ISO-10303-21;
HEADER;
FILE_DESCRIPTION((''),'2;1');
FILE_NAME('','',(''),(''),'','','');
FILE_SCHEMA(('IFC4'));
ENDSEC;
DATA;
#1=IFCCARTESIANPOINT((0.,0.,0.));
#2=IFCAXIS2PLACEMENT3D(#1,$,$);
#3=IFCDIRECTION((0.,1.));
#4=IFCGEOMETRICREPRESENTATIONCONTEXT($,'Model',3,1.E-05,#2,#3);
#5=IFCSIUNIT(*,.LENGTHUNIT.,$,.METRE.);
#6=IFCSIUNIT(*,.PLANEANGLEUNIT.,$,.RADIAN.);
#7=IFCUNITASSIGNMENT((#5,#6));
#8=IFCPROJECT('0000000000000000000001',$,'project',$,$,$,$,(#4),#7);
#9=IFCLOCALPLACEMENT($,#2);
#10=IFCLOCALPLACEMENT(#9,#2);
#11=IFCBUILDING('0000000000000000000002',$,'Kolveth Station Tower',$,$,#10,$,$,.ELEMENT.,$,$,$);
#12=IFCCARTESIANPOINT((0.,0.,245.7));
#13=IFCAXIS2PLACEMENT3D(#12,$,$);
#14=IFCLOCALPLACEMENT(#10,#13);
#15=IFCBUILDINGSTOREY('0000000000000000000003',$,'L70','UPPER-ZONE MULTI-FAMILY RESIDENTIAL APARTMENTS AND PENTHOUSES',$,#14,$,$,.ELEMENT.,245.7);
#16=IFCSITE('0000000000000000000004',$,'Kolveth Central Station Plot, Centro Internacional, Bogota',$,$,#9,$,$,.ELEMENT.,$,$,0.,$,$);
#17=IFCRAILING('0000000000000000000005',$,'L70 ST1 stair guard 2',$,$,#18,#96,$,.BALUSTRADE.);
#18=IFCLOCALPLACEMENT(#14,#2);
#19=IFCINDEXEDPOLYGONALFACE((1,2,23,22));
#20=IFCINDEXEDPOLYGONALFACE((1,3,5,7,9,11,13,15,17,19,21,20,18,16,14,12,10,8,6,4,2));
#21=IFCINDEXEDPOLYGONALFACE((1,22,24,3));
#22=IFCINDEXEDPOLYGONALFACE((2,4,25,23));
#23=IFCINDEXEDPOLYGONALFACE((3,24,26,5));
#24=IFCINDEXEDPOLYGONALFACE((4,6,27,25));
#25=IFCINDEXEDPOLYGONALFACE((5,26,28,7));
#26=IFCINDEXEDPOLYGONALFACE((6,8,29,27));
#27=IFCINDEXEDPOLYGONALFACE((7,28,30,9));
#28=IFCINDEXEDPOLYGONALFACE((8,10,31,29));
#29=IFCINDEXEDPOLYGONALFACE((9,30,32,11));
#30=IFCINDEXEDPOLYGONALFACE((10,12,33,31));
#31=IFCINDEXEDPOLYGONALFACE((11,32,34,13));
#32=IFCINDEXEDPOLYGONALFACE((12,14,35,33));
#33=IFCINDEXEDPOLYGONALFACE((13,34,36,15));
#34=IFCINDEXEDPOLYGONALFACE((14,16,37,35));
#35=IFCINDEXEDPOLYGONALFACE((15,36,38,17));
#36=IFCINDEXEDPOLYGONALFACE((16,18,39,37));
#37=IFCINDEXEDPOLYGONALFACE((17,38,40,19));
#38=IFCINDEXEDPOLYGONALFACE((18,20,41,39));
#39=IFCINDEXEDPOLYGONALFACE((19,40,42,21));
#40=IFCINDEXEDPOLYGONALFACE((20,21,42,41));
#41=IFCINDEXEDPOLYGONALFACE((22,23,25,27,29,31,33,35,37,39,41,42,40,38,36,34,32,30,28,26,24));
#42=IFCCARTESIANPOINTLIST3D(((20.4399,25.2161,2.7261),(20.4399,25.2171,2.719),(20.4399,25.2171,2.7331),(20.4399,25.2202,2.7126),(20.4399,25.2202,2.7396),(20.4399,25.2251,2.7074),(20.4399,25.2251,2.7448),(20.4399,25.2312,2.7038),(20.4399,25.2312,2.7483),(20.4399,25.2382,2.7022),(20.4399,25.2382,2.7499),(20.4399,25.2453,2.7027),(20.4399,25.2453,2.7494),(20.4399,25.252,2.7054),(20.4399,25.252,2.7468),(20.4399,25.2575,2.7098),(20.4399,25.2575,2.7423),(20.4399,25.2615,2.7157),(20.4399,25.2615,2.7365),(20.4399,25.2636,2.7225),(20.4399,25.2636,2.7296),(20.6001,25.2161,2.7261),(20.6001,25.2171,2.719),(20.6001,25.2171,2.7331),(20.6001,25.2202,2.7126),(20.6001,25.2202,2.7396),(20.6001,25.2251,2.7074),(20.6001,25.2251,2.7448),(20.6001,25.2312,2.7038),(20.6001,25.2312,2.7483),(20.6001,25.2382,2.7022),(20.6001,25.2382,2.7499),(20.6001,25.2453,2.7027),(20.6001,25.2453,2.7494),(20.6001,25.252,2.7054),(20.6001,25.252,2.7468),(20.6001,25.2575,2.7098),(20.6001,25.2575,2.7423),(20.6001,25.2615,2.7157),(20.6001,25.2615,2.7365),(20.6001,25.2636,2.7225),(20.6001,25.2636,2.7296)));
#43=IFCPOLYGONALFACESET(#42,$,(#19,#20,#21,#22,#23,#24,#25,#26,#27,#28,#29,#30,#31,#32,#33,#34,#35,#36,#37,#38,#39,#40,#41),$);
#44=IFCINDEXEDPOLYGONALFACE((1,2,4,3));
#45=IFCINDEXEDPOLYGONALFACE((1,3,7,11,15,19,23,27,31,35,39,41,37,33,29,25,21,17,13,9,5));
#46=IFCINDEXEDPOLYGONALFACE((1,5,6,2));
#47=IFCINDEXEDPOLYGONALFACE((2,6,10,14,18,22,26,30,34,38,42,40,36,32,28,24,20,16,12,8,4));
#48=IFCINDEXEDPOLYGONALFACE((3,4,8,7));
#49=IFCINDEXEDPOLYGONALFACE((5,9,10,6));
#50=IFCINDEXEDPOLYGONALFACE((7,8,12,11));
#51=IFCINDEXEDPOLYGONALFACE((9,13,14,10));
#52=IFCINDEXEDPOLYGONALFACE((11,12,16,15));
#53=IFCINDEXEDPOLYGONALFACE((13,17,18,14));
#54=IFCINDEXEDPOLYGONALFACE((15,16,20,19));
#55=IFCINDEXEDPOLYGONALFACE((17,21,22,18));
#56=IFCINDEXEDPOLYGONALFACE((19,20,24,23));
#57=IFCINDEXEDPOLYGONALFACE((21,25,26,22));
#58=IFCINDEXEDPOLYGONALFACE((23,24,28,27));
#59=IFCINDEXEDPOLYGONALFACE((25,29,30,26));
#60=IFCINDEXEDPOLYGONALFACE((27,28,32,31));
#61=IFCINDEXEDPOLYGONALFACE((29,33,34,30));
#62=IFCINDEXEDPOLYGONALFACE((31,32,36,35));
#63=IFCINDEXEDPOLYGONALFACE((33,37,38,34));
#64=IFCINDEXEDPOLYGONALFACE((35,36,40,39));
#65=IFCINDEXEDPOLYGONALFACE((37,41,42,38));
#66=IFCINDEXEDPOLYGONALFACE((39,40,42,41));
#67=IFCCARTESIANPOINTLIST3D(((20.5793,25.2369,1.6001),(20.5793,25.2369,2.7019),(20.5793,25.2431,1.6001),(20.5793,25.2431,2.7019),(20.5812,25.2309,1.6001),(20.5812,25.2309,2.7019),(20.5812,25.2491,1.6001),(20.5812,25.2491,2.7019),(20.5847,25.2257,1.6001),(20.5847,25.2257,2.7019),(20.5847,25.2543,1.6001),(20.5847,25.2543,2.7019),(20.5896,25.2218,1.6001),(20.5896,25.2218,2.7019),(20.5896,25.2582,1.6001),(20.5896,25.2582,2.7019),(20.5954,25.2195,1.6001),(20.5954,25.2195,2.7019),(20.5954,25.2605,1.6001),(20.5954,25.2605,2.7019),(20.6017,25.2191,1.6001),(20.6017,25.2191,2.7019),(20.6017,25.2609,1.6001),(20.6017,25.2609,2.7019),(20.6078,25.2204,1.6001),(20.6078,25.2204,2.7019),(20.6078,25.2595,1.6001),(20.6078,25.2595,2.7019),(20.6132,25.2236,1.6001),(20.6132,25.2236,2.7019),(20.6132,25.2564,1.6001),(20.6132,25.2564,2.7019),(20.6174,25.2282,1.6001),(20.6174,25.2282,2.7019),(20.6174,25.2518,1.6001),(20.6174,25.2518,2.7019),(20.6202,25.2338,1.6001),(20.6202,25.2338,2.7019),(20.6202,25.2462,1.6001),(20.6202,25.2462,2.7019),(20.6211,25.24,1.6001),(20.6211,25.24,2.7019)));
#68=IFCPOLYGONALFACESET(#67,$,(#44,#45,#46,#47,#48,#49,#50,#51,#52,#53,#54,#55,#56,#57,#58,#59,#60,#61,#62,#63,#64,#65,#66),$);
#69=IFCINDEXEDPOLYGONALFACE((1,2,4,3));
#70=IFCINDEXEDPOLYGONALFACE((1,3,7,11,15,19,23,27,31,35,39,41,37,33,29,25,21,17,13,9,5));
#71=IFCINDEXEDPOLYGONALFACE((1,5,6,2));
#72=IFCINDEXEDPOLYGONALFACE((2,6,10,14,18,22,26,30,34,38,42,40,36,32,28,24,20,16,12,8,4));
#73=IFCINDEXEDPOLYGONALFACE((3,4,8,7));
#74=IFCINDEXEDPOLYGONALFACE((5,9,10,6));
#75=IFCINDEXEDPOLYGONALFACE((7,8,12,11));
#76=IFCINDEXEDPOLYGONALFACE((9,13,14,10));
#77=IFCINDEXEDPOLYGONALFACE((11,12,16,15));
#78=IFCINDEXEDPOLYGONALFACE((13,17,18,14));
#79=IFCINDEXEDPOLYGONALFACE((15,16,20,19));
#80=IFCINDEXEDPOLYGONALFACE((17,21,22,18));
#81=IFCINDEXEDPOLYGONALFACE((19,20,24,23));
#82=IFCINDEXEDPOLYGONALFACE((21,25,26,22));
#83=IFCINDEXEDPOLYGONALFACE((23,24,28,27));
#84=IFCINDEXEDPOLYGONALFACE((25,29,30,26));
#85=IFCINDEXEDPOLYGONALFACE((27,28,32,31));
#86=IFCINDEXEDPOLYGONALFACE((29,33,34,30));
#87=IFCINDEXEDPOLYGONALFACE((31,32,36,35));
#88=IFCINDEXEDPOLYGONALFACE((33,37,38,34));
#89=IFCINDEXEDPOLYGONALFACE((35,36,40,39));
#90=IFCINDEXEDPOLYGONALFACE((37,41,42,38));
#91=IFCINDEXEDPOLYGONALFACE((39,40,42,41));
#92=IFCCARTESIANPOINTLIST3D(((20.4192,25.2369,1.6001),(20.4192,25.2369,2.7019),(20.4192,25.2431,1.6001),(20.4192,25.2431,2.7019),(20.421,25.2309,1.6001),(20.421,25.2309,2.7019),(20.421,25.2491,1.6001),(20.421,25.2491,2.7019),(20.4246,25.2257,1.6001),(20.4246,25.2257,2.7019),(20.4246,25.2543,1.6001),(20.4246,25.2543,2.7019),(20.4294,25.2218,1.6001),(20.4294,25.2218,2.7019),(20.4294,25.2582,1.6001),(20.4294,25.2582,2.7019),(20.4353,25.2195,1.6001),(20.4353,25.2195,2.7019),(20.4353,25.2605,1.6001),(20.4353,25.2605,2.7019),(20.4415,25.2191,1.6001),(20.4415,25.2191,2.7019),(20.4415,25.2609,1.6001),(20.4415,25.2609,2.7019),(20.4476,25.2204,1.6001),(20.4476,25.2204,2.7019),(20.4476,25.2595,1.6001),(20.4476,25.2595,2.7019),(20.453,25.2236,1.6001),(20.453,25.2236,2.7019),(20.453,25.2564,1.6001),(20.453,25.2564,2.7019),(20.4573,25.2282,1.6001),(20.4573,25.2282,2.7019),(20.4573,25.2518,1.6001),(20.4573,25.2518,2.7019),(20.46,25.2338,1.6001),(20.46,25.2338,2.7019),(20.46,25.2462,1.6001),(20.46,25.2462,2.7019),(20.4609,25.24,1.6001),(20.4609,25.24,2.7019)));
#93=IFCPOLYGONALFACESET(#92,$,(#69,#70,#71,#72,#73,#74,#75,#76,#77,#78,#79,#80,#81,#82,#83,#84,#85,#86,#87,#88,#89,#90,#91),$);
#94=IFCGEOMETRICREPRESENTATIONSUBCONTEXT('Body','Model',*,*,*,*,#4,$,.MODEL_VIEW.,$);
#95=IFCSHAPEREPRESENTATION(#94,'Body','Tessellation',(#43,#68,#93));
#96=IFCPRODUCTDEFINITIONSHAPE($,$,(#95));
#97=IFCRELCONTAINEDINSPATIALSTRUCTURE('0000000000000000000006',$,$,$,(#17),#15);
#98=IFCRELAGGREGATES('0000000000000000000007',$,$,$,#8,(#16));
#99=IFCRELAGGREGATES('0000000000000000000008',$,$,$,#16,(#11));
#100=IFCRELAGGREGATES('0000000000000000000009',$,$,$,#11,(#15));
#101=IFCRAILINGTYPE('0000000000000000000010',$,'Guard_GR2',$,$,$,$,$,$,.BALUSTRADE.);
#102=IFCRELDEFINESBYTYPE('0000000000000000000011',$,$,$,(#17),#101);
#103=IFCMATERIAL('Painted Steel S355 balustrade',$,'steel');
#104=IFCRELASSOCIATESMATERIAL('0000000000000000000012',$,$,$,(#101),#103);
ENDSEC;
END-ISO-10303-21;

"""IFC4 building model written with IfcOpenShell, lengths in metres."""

from ifc_helpers import new_model, si_unit, direction, frame, origin, origin_2d, place, context, subcontext, project, spatial, circle, extrude, material, type_object, element, save


model = new_model("IFC4")

# Units and contexts
model_context = context("Model", 3, precision=1e-05, world=origin(), true_north=direction((0.0, 1.0)))
body_context = subcontext(model_context, "Body", "Model", "MODEL_VIEW")
ifc_project = project(units=[si_unit("LENGTHUNIT", "METRE"), si_unit("PLANEANGLEUNIT", "RADIAN")], contexts=[model_context])

# Site, building, storey
site_placement = place(None, origin())
site = spatial("IfcSite", under=ifc_project, at=site_placement, Name="Kolveth Central Station Plot, Centro Internacional, Bogota", CompositionType="ELEMENT", RefElevation=0.0)
building_placement = place(site_placement, origin())
building = spatial("IfcBuilding", under=site, at=building_placement, Name="Kolveth Station Tower", CompositionType="ELEMENT")
storey_placement = place(building_placement, frame((0.0, 0.0, 245.7)))
storey = spatial("IfcBuildingStorey", under=building, at=storey_placement, Name="L70", Description="UPPER-ZONE MULTI-FAMILY RESIDENTIAL APARTMENTS AND PENTHOUSES", CompositionType="ELEMENT", Elevation=245.7)

# Railing
ifc_material_1 = material(Name="Painted Steel S355 balustrade", Category="steel")
railing_type_1 = type_object("IfcRailingType", Name="Guard_GR2", PredefinedType="BALUSTRADE", material=ifc_material_1)
railing_1_placement = place(storey_placement, frame((20.6001, 25.24, 1.6001)))
element("IfcRailing", 1, at=railing_1_placement, inside=storey, type_object=railing_type_1, Name="L70 ST1 stair guard 2", PredefinedType="BALUSTRADE", context=body_context, shape_type="SweptSolid", body=[
    extrude(circle(Radius=0.0239, at=origin_2d()), frame((0.0, 0.0, 1.126), z_axis=(-1.0, 0.0, 0.0), x_axis=(0.0, -1.0, 0.0)), (0.0, 0.0, 1.0), 0.1602),
    extrude(circle(Radius=0.021, at=origin_2d()), origin(), (0.0, 0.0, 1.0), 1.1018),
    extrude(circle(Radius=0.021, at=origin_2d()), frame((-0.1602, 0.0, 0.0)), (0.0, 0.0, 1.0), 1.1018),
])

save(model, "model.ifc")
